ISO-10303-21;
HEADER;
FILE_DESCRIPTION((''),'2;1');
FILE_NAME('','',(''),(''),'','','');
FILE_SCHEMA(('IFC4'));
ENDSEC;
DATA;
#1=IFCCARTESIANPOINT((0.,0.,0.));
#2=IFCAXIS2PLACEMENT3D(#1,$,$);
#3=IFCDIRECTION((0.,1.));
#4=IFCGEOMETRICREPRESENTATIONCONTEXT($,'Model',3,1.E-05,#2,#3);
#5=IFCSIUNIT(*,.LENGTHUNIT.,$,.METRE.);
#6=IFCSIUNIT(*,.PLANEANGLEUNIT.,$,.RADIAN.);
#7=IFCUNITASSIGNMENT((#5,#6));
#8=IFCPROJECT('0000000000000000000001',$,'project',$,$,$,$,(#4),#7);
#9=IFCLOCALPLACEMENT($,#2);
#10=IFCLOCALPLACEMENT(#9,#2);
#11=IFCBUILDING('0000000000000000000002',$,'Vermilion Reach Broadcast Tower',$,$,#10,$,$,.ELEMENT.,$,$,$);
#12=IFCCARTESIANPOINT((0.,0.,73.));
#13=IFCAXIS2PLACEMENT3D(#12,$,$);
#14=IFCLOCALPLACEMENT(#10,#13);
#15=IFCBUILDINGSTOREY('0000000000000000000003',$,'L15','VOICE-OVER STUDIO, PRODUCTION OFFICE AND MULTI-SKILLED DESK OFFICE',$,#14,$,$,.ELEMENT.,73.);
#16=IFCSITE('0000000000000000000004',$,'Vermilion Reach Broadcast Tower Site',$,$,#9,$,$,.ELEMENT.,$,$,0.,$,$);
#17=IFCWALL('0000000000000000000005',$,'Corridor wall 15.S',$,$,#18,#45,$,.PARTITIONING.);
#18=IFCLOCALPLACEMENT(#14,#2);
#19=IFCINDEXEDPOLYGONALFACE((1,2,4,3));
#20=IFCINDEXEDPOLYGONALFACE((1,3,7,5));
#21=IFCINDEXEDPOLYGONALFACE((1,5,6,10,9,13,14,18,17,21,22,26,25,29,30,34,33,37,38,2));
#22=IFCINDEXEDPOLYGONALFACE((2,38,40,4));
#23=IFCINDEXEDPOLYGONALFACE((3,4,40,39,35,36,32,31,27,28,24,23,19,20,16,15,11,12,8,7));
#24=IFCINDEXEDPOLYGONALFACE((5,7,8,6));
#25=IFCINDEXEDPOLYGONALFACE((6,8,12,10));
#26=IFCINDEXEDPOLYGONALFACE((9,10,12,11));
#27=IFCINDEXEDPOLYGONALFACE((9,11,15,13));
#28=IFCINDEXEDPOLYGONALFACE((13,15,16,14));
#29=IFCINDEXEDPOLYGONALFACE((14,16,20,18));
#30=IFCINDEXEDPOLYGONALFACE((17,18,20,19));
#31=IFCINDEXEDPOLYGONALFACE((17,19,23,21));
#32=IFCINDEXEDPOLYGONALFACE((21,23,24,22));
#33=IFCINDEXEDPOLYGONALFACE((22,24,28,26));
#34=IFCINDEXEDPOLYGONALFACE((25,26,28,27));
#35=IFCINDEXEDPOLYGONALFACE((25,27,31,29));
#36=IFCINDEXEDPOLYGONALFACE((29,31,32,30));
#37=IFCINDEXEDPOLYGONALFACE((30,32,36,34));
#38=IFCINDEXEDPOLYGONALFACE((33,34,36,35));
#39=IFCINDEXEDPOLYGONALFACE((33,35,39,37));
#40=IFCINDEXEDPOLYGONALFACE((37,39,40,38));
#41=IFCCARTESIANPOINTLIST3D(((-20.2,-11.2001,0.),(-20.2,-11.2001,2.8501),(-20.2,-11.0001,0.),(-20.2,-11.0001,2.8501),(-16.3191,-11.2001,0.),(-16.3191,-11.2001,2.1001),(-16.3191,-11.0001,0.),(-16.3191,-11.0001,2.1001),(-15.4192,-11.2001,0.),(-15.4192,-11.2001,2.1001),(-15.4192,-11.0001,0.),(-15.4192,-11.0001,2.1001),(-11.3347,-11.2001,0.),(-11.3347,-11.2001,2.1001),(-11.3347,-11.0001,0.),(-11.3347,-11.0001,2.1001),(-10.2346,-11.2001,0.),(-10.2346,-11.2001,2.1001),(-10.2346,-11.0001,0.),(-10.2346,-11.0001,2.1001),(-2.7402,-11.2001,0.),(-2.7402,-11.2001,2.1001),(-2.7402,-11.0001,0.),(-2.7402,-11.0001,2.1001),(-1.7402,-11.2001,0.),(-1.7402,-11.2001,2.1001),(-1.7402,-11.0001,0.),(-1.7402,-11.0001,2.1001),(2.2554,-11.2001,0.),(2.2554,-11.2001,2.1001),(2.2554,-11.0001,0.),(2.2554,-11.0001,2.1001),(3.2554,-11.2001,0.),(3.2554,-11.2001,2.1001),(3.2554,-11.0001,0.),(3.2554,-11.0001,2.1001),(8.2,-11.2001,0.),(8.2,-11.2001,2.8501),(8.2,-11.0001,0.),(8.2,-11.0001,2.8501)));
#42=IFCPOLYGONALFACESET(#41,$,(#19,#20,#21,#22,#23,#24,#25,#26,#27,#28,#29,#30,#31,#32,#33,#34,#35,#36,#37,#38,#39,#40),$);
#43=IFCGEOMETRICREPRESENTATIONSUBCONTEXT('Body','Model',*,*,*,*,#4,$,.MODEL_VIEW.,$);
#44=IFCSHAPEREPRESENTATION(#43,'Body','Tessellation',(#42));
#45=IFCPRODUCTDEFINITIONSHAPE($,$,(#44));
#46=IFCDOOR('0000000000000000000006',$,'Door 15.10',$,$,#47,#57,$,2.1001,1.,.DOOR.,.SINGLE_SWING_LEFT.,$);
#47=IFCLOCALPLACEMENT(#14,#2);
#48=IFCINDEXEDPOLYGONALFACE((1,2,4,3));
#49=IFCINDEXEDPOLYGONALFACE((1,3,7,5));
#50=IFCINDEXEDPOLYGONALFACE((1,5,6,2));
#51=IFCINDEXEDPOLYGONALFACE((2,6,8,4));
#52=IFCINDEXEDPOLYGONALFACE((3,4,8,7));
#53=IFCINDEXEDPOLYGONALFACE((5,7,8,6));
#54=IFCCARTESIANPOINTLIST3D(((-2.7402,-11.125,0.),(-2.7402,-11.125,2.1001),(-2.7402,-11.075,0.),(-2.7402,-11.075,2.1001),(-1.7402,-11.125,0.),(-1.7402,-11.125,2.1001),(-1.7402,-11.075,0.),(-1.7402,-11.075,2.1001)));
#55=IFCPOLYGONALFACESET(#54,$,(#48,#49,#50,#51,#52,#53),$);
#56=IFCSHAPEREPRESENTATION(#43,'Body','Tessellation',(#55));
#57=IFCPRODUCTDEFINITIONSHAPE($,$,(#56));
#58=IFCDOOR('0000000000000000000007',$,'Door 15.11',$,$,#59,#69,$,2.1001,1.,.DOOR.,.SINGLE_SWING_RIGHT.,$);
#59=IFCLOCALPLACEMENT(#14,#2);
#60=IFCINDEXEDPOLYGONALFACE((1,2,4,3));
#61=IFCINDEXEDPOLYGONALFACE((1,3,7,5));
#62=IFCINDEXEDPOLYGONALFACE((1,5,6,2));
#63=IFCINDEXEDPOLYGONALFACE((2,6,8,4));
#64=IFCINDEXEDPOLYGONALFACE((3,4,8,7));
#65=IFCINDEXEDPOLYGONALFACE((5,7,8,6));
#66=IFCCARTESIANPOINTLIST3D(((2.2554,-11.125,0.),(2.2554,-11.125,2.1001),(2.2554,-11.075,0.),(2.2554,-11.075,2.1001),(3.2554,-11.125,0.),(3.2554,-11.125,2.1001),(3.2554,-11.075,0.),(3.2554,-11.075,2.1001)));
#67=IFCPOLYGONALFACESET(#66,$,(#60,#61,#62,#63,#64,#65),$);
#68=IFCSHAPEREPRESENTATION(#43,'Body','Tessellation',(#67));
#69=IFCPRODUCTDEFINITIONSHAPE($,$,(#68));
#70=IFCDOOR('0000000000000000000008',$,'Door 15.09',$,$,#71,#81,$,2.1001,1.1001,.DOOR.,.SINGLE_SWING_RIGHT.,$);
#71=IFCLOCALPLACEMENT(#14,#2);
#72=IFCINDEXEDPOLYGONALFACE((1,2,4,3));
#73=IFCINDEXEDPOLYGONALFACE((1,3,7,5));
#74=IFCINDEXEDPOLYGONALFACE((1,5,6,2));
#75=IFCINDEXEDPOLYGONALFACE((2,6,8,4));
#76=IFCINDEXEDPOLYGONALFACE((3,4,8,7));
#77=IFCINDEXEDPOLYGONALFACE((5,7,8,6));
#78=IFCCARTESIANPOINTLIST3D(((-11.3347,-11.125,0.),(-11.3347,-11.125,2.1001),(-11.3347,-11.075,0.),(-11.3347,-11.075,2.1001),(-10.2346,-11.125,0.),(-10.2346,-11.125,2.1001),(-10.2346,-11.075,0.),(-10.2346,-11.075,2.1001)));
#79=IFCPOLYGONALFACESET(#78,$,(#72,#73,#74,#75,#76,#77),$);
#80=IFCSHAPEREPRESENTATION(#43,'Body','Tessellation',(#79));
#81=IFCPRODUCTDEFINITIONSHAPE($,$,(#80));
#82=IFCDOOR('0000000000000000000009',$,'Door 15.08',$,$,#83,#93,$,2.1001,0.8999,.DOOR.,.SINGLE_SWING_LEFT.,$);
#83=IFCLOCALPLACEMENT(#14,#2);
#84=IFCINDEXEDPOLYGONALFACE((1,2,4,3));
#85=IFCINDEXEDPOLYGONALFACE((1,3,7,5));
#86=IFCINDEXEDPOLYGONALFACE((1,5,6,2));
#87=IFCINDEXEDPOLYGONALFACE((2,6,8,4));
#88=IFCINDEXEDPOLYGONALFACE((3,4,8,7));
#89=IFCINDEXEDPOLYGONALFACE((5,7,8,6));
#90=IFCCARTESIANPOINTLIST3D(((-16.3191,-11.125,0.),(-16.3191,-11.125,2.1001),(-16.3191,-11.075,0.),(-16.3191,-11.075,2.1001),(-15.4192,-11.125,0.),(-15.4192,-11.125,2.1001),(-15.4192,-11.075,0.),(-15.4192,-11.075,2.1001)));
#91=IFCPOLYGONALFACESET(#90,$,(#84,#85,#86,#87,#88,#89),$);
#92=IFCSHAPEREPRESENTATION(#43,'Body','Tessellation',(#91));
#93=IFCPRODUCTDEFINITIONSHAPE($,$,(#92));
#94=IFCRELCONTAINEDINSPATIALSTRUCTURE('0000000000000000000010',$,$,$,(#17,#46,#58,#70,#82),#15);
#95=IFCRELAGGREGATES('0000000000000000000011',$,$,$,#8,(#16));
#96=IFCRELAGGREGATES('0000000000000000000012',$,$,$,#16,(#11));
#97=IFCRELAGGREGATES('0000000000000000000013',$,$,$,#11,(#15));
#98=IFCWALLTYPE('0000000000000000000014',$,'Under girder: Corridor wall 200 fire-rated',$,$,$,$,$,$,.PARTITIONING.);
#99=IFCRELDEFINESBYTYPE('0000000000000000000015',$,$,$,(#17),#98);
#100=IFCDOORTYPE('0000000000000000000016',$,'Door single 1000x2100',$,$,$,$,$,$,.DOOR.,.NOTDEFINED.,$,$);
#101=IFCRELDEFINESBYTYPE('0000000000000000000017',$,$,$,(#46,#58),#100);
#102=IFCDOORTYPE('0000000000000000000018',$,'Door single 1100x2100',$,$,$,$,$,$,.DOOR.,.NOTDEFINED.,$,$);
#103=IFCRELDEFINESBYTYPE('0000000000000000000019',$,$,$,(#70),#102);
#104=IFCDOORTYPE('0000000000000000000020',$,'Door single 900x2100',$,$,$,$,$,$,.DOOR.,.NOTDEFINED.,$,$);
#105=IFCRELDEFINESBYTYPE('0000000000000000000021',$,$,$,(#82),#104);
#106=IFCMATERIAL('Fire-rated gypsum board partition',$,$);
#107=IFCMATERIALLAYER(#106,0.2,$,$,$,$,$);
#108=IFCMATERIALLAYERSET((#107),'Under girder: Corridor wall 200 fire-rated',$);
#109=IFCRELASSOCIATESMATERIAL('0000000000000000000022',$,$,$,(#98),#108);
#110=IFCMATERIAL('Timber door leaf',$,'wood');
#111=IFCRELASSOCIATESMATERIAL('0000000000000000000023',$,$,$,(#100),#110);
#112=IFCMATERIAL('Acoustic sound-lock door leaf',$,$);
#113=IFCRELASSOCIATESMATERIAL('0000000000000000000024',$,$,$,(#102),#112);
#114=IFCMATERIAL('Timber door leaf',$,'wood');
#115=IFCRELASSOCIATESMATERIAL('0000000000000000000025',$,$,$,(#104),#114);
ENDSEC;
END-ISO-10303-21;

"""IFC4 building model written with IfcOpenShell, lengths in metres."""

from ifc_helpers import new_model, si_unit, direction, frame, frame_2d, origin, place, context, subcontext, project, spatial, rectangle, extrude, material, layer, layer_set, type_object, element, fill, save


model = new_model("IFC4")

# Units and contexts
model_context = context("Model", 3, precision=1e-05, world=origin(), true_north=direction((0.0, 1.0)))
body_context = subcontext(model_context, "Body", "Model", "MODEL_VIEW")
ifc_project = project(units=[si_unit("LENGTHUNIT", "METRE"), si_unit("PLANEANGLEUNIT", "RADIAN")], contexts=[model_context])

# Site, building, storey
site_placement = place(None, origin())
site = spatial("IfcSite", under=ifc_project, at=site_placement, Name="Vermilion Reach Broadcast Tower Site", CompositionType="ELEMENT", RefElevation=0.0)
building_placement = place(site_placement, origin())
building = spatial("IfcBuilding", under=site, at=building_placement, Name="Vermilion Reach Broadcast Tower", CompositionType="ELEMENT")
storey_placement = place(building_placement, frame((0.0, 0.0, 73.0)))
storey = spatial("IfcBuildingStorey", under=building, at=storey_placement, Name="L15", Description="VOICE-OVER STUDIO, PRODUCTION OFFICE AND MULTI-SKILLED DESK OFFICE", CompositionType="ELEMENT", Elevation=73.0)

# Wall, openings, doors
ifc_material_1 = material(Name="Fire-rated gypsum board partition")
ifc_layer_1 = layer(ifc_material_1, 0.2)
ifc_layer_set_1 = layer_set([ifc_layer_1], Name="Under girder: Corridor wall 200 fire-rated")
wall_type_1 = type_object("IfcWallType", Name="Under girder: Corridor wall 200 fire-rated", PredefinedType="PARTITIONING", material=ifc_layer_set_1)
wall_1_placement = place(storey_placement, frame((8.2, -11.1001, 0.0), z_axis=(0.0, 0.0, 1.0), x_axis=(-1.0, 0.0, 0.0)))
wall_1 = element("IfcWall", 1, at=wall_1_placement, inside=storey, type_object=wall_type_1, Name="Corridor wall 15.S", PredefinedType="PARTITIONING", context=body_context, shape_type="SweptSolid", body=[
    extrude(rectangle(XDim=28.3999, YDim=0.2, at=frame_2d((14.2, 0.0))), origin(), (0.0, 0.0, 1.0), 2.8501),
])
opening_1_placement = place(wall_1_placement, frame((23.6191, 0.0, 0.0)))
opening_1 = element("IfcOpeningElement", 2, at=opening_1_placement, cuts=wall_1, PredefinedType="OPENING", context=body_context, shape_type="SweptSolid", body=[
    extrude(rectangle(XDim=0.8999, YDim=2.1001, at=frame_2d((0.45, 1.05))), frame((0.0, 0.1099, 0.0), z_axis=(0.0, -1.0, 0.0), x_axis=(1.0, 0.0, 0.0)), (0.0, 0.0, 1.0), 0.22),
])
opening_2_placement = place(wall_1_placement, frame((18.4346, 0.0, 0.0)))
opening_2 = element("IfcOpeningElement", 3, at=opening_2_placement, cuts=wall_1, PredefinedType="OPENING", context=body_context, shape_type="SweptSolid", body=[
    extrude(rectangle(XDim=1.1001, YDim=2.1001, at=frame_2d((0.55, 1.05))), frame((0.0, 0.1099, 0.0), z_axis=(0.0, -1.0, 0.0), x_axis=(1.0, 0.0, 0.0)), (0.0, 0.0, 1.0), 0.22),
])
opening_3_placement = place(wall_1_placement, frame((9.9402, 0.0, 0.0)))
opening_3 = element("IfcOpeningElement", 4, at=opening_3_placement, cuts=wall_1, PredefinedType="OPENING", context=body_context, shape_type="SweptSolid", body=[
    extrude(rectangle(XDim=1.0, YDim=2.1001, at=frame_2d((0.5, 1.05))), frame((0.0, 0.1099, 0.0), z_axis=(0.0, -1.0, 0.0), x_axis=(1.0, 0.0, 0.0)), (0.0, 0.0, 1.0), 0.22),
])
opening_4_placement = place(wall_1_placement, frame((4.9446, 0.0, 0.0)))
opening_4 = element("IfcOpeningElement", 5, at=opening_4_placement, cuts=wall_1, PredefinedType="OPENING", context=body_context, shape_type="SweptSolid", body=[
    extrude(rectangle(XDim=1.0, YDim=2.1001, at=frame_2d((0.5, 1.05))), frame((0.0, 0.1099, 0.0), z_axis=(0.0, -1.0, 0.0), x_axis=(1.0, 0.0, 0.0)), (0.0, 0.0, 1.0), 0.22),
])
ifc_material_2 = material(Name="Timber door leaf", Category="wood")
door_type_1 = type_object("IfcDoorType", Name="Door single 1000x2100", OperationType="NOTDEFINED", PredefinedType="DOOR", material=ifc_material_2)
door_1_placement = place(opening_3_placement, origin())
door_1 = element("IfcDoor", 6, at=door_1_placement, inside=storey, type_object=door_type_1, Name="Door 15.10", OperationType="SINGLE_SWING_LEFT", OverallHeight=2.1001, OverallWidth=1.0, PredefinedType="DOOR", context=body_context, shape_type="SweptSolid", body=[
    extrude(rectangle(XDim=1.0, YDim=2.1001, at=frame_2d((0.5, 1.05))), frame((0.0, 0.0249, 0.0), z_axis=(0.0, -1.0, 0.0), x_axis=(1.0, 0.0, 0.0)), (0.0, 0.0, 1.0), 0.05),
])
fill(opening_3, door_1)
door_2_placement = place(opening_4_placement, origin())
door_2 = element("IfcDoor", 7, at=door_2_placement, inside=storey, type_object=door_type_1, Name="Door 15.11", OperationType="SINGLE_SWING_RIGHT", OverallHeight=2.1001, OverallWidth=1.0, PredefinedType="DOOR", context=body_context, shape_type="SweptSolid", body=[
    extrude(rectangle(XDim=1.0, YDim=2.1001, at=frame_2d((0.5, 1.05))), frame((0.0, 0.0249, 0.0), z_axis=(0.0, -1.0, 0.0), x_axis=(1.0, 0.0, 0.0)), (0.0, 0.0, 1.0), 0.05),
])
fill(opening_4, door_2)
ifc_material_3 = material(Name="Acoustic sound-lock door leaf")
door_type_2 = type_object("IfcDoorType", Name="Door single 1100x2100", OperationType="NOTDEFINED", PredefinedType="DOOR", material=ifc_material_3)
door_3_placement = place(opening_2_placement, origin())
door_3 = element("IfcDoor", 8, at=door_3_placement, inside=storey, type_object=door_type_2, Name="Door 15.09", OperationType="SINGLE_SWING_RIGHT", OverallHeight=2.1001, OverallWidth=1.1001, PredefinedType="DOOR", context=body_context, shape_type="SweptSolid", body=[
    extrude(rectangle(XDim=1.1001, YDim=2.1001, at=frame_2d((0.55, 1.05))), frame((0.0, 0.0249, 0.0), z_axis=(0.0, -1.0, 0.0), x_axis=(1.0, 0.0, 0.0)), (0.0, 0.0, 1.0), 0.05),
])
fill(opening_2, door_3)
ifc_material_4 = material(Name="Timber door leaf", Category="wood")
door_type_3 = type_object("IfcDoorType", Name="Door single 900x2100", OperationType="NOTDEFINED", PredefinedType="DOOR", material=ifc_material_4)
door_4_placement = place(opening_1_placement, origin())
door_4 = element("IfcDoor", 9, at=door_4_placement, inside=storey, type_object=door_type_3, Name="Door 15.08", OperationType="SINGLE_SWING_LEFT", OverallHeight=2.1001, OverallWidth=0.8999, PredefinedType="DOOR", context=body_context, shape_type="SweptSolid", body=[
    extrude(rectangle(XDim=0.8999, YDim=2.1001, at=frame_2d((0.45, 1.05))), frame((0.0, 0.0249, 0.0), z_axis=(0.0, -1.0, 0.0), x_axis=(1.0, 0.0, 0.0)), (0.0, 0.0, 1.0), 0.05),
])
fill(opening_1, door_4)

save(model, "model.ifc")
